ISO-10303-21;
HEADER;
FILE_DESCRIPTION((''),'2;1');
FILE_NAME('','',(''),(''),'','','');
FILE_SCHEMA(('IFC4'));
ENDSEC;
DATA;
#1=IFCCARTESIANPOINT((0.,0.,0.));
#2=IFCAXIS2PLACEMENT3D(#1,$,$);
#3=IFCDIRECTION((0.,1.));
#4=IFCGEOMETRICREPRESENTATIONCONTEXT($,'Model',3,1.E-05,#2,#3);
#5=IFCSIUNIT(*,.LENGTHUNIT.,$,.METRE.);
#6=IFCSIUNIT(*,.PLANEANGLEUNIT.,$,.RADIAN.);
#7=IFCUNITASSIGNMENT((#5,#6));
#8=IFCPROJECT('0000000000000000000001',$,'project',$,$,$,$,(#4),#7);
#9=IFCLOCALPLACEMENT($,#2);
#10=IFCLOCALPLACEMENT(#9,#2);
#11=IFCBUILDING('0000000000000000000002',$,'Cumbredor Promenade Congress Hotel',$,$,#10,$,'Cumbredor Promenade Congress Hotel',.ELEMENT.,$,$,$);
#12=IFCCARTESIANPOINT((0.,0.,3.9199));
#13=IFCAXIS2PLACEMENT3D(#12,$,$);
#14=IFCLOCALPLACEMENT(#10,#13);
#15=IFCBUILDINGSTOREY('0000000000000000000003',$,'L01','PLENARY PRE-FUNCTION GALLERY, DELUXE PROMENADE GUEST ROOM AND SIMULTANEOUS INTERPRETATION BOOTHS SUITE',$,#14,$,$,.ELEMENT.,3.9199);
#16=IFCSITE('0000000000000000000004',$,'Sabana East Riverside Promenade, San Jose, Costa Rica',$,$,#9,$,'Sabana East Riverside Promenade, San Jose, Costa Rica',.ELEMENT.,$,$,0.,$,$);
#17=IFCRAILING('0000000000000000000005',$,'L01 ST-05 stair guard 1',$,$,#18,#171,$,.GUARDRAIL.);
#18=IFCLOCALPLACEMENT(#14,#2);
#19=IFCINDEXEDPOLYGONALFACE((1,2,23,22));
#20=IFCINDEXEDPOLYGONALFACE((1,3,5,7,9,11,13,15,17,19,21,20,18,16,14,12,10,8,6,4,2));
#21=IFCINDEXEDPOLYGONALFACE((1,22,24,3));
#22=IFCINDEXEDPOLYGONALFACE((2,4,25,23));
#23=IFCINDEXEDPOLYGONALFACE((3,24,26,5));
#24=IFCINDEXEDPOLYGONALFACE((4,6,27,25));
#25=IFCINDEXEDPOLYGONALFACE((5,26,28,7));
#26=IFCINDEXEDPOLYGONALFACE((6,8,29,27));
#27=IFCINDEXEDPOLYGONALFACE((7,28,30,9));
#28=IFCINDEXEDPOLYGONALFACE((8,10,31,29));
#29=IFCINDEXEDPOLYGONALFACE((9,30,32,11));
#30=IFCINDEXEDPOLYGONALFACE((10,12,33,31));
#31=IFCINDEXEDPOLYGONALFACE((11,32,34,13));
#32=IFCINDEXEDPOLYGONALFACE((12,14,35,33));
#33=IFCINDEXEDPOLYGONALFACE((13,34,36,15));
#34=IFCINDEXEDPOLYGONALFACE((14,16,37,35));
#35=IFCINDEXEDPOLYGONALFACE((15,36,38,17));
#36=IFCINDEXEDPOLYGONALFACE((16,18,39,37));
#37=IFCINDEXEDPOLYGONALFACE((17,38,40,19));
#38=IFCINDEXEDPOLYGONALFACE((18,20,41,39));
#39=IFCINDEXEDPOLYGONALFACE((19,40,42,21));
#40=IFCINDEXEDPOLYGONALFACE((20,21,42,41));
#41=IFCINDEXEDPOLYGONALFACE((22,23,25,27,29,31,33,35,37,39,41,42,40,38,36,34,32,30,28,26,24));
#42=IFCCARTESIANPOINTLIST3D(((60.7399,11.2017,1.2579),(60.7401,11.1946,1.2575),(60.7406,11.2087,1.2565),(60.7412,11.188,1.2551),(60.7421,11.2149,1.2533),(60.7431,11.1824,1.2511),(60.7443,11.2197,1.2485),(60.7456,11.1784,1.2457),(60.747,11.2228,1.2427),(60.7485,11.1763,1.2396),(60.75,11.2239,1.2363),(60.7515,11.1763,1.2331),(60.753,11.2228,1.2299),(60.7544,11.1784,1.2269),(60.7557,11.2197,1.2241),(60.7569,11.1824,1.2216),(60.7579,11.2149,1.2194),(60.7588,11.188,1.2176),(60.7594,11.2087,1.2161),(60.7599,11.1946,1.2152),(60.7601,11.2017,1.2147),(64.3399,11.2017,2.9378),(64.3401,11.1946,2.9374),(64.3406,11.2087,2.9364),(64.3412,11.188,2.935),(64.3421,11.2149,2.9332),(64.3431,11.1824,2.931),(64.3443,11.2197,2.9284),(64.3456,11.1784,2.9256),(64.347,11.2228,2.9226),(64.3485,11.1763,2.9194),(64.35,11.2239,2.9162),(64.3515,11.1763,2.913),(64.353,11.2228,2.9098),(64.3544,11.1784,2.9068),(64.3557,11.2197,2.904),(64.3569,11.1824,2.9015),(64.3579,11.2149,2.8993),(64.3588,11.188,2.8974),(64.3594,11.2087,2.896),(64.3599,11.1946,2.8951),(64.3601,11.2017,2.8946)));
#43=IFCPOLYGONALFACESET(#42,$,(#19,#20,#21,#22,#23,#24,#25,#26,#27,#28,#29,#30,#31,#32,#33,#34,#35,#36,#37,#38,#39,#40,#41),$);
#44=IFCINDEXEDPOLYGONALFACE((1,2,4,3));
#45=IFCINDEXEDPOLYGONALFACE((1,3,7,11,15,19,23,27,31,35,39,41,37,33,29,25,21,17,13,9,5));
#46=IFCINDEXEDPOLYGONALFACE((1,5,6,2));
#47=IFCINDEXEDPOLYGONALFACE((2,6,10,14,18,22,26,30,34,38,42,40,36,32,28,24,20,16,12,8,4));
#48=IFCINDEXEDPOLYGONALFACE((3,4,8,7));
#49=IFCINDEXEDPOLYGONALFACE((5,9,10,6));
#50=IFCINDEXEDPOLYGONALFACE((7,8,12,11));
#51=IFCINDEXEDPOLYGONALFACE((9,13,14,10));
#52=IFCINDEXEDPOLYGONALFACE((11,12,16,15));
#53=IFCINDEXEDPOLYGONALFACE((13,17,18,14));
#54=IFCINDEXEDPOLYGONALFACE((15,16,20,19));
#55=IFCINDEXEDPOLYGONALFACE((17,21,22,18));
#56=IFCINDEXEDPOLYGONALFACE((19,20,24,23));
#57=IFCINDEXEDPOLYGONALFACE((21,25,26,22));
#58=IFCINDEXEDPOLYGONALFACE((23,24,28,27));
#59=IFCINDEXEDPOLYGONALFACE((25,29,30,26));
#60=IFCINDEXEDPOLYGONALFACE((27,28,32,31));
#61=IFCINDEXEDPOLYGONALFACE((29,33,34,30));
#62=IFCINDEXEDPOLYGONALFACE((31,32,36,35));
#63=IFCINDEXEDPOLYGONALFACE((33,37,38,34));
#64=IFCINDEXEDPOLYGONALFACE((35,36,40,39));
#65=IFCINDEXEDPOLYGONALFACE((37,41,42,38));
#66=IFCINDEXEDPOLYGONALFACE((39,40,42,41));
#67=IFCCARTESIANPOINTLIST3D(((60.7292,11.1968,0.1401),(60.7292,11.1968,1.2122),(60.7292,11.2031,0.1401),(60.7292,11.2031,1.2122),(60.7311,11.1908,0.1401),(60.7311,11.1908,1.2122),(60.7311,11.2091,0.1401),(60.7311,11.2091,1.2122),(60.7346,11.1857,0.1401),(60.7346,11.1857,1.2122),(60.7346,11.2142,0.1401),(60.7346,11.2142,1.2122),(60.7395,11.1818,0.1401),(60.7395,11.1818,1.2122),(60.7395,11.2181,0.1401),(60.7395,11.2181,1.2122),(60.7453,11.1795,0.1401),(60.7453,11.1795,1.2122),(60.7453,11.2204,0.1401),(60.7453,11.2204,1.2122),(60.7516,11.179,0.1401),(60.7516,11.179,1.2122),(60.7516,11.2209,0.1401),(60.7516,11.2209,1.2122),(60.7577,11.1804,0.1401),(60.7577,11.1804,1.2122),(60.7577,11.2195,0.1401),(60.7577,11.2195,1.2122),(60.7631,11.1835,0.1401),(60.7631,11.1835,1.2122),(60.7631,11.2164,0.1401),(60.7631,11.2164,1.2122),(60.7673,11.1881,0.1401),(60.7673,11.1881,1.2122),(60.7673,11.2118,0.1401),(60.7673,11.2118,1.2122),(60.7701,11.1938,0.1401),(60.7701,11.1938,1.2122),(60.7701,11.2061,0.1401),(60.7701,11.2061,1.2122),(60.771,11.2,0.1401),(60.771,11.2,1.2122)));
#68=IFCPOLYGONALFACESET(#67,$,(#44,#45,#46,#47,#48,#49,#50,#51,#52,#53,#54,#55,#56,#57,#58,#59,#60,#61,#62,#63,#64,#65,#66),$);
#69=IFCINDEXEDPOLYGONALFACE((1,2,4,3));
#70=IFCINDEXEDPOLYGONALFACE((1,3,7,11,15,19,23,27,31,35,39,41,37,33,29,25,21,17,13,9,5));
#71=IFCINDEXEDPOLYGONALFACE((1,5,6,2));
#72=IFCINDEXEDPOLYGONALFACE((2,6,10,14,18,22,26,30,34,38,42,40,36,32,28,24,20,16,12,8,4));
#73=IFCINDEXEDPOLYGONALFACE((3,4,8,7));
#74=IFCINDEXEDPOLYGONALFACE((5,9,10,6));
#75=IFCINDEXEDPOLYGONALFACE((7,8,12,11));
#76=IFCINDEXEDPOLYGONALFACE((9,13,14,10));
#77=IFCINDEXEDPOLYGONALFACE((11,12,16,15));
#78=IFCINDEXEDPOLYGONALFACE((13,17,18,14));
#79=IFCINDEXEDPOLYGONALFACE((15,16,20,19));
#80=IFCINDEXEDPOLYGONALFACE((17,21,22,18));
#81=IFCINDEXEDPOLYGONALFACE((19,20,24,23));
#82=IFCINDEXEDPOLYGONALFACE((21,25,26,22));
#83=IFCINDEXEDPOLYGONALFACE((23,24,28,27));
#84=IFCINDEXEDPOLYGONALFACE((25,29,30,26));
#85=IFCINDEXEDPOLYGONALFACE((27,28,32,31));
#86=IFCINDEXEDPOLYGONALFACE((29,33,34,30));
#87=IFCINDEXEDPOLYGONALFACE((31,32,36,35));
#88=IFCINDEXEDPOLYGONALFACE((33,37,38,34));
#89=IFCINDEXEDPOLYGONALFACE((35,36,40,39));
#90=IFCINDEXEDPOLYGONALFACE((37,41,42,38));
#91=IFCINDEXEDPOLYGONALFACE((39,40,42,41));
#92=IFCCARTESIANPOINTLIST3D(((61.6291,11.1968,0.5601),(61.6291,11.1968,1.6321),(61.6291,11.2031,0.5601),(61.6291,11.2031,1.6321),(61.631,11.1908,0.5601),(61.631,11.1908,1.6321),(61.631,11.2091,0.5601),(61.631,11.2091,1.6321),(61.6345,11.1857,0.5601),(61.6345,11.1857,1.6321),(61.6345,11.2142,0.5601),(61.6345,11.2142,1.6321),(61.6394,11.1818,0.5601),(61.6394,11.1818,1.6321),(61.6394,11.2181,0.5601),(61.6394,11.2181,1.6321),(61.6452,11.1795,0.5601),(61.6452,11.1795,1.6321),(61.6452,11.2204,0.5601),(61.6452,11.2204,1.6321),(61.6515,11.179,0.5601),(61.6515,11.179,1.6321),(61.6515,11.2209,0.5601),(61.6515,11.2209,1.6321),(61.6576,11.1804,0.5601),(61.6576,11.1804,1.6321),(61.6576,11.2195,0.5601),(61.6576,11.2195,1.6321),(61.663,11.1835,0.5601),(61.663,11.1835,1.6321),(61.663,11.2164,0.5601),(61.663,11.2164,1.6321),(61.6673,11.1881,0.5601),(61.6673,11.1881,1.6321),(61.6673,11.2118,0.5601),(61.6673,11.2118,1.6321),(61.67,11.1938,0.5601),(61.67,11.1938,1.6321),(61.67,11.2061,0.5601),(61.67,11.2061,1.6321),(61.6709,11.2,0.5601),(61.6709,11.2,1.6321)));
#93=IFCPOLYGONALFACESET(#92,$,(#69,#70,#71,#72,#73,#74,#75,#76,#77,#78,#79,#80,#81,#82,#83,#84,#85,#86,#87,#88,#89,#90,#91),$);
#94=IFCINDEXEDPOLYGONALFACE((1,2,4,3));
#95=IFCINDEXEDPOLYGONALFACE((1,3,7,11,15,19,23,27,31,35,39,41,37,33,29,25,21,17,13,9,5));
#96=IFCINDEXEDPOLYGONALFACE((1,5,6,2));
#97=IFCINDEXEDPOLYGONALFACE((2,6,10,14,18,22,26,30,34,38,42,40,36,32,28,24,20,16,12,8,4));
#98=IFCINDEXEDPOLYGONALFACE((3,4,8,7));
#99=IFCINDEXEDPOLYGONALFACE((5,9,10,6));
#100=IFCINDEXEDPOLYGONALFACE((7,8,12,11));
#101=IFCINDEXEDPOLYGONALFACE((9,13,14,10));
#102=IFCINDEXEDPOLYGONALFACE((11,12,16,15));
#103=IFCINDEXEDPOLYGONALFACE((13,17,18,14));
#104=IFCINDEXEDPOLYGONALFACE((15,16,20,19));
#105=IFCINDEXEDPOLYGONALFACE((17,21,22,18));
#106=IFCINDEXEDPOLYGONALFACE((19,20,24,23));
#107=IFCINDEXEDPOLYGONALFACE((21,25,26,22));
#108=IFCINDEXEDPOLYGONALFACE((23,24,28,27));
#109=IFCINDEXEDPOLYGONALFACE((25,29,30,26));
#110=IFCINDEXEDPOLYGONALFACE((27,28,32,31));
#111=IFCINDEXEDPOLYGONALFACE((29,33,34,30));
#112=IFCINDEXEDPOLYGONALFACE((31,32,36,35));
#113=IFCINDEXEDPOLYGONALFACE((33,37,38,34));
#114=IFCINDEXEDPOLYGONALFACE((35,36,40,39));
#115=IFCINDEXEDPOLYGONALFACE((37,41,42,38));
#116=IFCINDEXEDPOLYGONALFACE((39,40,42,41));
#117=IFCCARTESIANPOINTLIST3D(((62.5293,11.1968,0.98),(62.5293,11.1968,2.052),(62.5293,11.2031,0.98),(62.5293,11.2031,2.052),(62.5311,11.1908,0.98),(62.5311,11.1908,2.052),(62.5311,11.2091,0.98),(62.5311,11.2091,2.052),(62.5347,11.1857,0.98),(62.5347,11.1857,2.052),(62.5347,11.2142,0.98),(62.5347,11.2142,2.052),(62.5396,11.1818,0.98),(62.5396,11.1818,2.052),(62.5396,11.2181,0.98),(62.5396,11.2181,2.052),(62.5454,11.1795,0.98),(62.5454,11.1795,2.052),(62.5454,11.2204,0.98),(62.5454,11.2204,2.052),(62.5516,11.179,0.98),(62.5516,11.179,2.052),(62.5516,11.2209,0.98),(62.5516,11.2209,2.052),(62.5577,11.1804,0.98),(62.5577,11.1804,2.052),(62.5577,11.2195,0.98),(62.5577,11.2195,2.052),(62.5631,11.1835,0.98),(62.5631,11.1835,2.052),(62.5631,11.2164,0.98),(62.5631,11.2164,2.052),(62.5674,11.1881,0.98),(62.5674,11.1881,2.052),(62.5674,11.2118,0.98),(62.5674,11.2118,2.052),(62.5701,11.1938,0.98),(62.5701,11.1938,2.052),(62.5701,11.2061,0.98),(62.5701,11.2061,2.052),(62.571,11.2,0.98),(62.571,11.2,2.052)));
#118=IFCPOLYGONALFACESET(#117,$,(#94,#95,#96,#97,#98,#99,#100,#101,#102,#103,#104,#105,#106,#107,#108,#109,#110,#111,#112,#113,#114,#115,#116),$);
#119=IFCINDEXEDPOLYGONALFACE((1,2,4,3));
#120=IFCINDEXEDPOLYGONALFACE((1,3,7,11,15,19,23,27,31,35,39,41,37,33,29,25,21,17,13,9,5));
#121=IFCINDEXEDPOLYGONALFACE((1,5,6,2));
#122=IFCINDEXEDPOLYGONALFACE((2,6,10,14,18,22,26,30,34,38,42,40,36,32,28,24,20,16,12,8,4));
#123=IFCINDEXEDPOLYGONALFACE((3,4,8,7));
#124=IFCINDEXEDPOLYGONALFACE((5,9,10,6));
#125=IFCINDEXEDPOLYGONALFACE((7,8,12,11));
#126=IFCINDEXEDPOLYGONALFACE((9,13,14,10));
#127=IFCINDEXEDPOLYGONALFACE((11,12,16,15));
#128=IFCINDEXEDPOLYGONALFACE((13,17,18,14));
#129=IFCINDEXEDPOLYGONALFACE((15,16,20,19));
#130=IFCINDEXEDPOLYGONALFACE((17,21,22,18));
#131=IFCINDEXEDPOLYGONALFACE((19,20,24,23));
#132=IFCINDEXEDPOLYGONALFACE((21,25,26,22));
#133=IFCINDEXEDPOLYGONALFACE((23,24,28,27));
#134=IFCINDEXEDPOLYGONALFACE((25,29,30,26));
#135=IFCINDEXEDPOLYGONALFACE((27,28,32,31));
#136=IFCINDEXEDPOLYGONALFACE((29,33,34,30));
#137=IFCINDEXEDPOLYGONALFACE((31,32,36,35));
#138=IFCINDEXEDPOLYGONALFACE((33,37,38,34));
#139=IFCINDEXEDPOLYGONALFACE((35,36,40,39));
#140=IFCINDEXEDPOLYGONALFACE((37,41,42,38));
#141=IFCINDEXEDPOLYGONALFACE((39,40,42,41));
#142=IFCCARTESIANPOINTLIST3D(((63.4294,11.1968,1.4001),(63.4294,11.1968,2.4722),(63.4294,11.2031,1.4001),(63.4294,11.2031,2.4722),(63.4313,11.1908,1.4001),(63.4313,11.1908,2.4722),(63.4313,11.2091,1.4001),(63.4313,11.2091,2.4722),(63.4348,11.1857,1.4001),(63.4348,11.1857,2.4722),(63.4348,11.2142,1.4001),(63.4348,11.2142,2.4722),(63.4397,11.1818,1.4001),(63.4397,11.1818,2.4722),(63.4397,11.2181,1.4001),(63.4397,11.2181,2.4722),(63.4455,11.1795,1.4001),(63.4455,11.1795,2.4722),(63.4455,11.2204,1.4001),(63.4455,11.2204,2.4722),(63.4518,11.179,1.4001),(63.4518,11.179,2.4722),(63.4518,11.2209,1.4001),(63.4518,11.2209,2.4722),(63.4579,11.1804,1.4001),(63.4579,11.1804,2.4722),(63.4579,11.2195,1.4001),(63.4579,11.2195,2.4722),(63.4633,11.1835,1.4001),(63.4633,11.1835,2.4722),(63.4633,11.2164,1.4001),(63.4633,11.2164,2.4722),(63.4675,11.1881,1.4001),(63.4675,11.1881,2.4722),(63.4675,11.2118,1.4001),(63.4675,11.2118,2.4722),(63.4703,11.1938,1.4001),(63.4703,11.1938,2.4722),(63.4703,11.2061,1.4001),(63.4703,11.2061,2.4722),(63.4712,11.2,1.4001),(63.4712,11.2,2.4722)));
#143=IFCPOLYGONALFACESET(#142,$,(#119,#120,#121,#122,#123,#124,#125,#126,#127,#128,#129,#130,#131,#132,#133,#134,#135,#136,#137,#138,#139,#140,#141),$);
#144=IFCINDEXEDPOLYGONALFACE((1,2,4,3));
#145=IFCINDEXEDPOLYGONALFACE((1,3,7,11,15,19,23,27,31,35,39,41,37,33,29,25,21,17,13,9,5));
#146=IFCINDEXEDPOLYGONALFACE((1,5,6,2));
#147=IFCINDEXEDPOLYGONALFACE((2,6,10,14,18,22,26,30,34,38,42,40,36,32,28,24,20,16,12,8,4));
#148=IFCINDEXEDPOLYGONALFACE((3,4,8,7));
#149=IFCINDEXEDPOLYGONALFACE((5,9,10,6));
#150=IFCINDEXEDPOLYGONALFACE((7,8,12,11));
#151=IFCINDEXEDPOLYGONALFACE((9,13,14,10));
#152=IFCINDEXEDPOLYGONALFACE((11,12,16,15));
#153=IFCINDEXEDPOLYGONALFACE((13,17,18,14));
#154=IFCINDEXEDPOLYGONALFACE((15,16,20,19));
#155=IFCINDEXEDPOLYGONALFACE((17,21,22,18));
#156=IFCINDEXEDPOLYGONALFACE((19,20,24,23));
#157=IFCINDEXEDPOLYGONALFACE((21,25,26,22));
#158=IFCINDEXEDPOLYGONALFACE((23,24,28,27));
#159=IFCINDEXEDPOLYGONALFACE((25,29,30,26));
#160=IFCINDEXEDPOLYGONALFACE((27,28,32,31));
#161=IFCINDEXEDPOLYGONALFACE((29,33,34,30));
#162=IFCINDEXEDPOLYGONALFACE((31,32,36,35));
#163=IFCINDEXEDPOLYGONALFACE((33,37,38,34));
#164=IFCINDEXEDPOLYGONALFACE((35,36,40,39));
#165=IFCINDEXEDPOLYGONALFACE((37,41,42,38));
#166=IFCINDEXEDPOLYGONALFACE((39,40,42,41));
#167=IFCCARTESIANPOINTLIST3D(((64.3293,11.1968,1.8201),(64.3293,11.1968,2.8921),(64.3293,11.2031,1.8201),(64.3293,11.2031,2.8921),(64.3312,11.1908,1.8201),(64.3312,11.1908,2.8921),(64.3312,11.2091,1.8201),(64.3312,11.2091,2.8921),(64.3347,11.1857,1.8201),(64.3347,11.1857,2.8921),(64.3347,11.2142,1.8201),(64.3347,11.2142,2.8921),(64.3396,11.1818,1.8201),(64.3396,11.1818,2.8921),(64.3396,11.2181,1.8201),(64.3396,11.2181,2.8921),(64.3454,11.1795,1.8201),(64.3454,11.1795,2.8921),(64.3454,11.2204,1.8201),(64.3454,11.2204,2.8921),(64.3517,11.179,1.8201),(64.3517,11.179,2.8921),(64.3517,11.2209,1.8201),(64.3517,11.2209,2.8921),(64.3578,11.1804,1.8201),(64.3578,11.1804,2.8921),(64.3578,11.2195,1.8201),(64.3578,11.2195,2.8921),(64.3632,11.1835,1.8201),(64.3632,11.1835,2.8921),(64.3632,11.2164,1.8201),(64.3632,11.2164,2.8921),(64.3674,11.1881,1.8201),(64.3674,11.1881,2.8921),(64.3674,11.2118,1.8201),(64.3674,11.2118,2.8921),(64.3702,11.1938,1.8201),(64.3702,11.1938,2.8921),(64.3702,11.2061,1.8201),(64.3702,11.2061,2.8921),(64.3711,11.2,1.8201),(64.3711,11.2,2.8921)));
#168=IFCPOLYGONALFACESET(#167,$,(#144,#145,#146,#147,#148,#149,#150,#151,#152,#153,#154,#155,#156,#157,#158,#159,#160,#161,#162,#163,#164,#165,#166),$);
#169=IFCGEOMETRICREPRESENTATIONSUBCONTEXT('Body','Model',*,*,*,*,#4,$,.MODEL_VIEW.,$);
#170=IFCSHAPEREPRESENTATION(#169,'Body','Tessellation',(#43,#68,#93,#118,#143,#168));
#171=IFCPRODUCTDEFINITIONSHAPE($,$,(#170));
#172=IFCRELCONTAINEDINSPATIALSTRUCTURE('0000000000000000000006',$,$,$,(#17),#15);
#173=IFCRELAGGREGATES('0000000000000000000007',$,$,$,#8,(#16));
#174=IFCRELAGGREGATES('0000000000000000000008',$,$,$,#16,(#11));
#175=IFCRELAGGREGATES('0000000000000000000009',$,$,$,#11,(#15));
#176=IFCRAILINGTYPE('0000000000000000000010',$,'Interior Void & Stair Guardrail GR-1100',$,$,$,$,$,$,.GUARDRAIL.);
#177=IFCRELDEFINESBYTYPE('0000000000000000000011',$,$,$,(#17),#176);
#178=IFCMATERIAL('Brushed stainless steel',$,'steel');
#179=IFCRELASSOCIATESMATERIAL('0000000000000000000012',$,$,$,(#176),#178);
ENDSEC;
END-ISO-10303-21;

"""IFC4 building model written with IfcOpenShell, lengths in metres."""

from ifc_helpers import new_model, si_unit, direction, frame, origin, origin_2d, place, context, subcontext, project, spatial, circle, extrude, material, type_object, element, save


model = new_model("IFC4")

# Units and contexts
model_context = context("Model", 3, precision=1e-05, world=origin(), true_north=direction((0.0, 1.0)))
body_context = subcontext(model_context, "Body", "Model", "MODEL_VIEW")
ifc_project = project(units=[si_unit("LENGTHUNIT", "METRE"), si_unit("PLANEANGLEUNIT", "RADIAN")], contexts=[model_context])

# Site, building, storey
site_placement = place(None, origin())
site = spatial("IfcSite", under=ifc_project, at=site_placement, Name="Sabana East Riverside Promenade, San Jose, Costa Rica", LongName="Sabana East Riverside Promenade, San Jose, Costa Rica", CompositionType="ELEMENT", RefElevation=0.0)
building_placement = place(site_placement, origin())
building = spatial("IfcBuilding", under=site, at=building_placement, Name="Cumbredor Promenade Congress Hotel", LongName="Cumbredor Promenade Congress Hotel", CompositionType="ELEMENT")
storey_placement = place(building_placement, frame((0.0, 0.0, 3.9199)))
storey = spatial("IfcBuildingStorey", under=building, at=storey_placement, Name="L01", Description="PLENARY PRE-FUNCTION GALLERY, DELUXE PROMENADE GUEST ROOM AND SIMULTANEOUS INTERPRETATION BOOTHS SUITE", CompositionType="ELEMENT", Elevation=3.9199)

# Railing
ifc_material_1 = material(Name="Brushed stainless steel", Category="steel")
railing_type_1 = type_object("IfcRailingType", Name="Interior Void & Stair Guardrail GR-1100", PredefinedType="GUARDRAIL", material=ifc_material_1)
railing_1_placement = place(storey_placement, frame((60.75, 11.2, 0.1401)))
element("IfcRailing", 1, at=railing_1_placement, inside=storey, type_object=railing_type_1, Name="L01 ST-05 stair guard 1", PredefinedType="GUARDRAIL", context=body_context, shape_type="SweptSolid", body=[
    extrude(circle(Radius=0.0239, at=origin_2d()), frame((0.0, 0.0, 1.0962), z_axis=(0.906194, 0.0, 0.422862), x_axis=(0.0, 1.0, 0.0)), (0.0, 0.0, 1.0), 3.9727),
    extrude(circle(Radius=0.021, at=origin_2d()), origin(), (0.0, 0.0, 1.0), 1.072),
    extrude(circle(Radius=0.021, at=origin_2d()), frame((0.8999, 0.0, 0.4199)), (0.0, 0.0, 1.0), 1.072),
    extrude(circle(Radius=0.021, at=origin_2d()), frame((1.8, 0.0, 0.8398)), (0.0, 0.0, 1.0), 1.072),
    extrude(circle(Radius=0.021, at=origin_2d()), frame((2.7002, 0.0, 1.26)), (0.0, 0.0, 1.0), 1.072),
    extrude(circle(Radius=0.021, at=origin_2d()), frame((3.6001, 0.0, 1.6799)), (0.0, 0.0, 1.0), 1.072),
])

save(model, "model.ifc")
